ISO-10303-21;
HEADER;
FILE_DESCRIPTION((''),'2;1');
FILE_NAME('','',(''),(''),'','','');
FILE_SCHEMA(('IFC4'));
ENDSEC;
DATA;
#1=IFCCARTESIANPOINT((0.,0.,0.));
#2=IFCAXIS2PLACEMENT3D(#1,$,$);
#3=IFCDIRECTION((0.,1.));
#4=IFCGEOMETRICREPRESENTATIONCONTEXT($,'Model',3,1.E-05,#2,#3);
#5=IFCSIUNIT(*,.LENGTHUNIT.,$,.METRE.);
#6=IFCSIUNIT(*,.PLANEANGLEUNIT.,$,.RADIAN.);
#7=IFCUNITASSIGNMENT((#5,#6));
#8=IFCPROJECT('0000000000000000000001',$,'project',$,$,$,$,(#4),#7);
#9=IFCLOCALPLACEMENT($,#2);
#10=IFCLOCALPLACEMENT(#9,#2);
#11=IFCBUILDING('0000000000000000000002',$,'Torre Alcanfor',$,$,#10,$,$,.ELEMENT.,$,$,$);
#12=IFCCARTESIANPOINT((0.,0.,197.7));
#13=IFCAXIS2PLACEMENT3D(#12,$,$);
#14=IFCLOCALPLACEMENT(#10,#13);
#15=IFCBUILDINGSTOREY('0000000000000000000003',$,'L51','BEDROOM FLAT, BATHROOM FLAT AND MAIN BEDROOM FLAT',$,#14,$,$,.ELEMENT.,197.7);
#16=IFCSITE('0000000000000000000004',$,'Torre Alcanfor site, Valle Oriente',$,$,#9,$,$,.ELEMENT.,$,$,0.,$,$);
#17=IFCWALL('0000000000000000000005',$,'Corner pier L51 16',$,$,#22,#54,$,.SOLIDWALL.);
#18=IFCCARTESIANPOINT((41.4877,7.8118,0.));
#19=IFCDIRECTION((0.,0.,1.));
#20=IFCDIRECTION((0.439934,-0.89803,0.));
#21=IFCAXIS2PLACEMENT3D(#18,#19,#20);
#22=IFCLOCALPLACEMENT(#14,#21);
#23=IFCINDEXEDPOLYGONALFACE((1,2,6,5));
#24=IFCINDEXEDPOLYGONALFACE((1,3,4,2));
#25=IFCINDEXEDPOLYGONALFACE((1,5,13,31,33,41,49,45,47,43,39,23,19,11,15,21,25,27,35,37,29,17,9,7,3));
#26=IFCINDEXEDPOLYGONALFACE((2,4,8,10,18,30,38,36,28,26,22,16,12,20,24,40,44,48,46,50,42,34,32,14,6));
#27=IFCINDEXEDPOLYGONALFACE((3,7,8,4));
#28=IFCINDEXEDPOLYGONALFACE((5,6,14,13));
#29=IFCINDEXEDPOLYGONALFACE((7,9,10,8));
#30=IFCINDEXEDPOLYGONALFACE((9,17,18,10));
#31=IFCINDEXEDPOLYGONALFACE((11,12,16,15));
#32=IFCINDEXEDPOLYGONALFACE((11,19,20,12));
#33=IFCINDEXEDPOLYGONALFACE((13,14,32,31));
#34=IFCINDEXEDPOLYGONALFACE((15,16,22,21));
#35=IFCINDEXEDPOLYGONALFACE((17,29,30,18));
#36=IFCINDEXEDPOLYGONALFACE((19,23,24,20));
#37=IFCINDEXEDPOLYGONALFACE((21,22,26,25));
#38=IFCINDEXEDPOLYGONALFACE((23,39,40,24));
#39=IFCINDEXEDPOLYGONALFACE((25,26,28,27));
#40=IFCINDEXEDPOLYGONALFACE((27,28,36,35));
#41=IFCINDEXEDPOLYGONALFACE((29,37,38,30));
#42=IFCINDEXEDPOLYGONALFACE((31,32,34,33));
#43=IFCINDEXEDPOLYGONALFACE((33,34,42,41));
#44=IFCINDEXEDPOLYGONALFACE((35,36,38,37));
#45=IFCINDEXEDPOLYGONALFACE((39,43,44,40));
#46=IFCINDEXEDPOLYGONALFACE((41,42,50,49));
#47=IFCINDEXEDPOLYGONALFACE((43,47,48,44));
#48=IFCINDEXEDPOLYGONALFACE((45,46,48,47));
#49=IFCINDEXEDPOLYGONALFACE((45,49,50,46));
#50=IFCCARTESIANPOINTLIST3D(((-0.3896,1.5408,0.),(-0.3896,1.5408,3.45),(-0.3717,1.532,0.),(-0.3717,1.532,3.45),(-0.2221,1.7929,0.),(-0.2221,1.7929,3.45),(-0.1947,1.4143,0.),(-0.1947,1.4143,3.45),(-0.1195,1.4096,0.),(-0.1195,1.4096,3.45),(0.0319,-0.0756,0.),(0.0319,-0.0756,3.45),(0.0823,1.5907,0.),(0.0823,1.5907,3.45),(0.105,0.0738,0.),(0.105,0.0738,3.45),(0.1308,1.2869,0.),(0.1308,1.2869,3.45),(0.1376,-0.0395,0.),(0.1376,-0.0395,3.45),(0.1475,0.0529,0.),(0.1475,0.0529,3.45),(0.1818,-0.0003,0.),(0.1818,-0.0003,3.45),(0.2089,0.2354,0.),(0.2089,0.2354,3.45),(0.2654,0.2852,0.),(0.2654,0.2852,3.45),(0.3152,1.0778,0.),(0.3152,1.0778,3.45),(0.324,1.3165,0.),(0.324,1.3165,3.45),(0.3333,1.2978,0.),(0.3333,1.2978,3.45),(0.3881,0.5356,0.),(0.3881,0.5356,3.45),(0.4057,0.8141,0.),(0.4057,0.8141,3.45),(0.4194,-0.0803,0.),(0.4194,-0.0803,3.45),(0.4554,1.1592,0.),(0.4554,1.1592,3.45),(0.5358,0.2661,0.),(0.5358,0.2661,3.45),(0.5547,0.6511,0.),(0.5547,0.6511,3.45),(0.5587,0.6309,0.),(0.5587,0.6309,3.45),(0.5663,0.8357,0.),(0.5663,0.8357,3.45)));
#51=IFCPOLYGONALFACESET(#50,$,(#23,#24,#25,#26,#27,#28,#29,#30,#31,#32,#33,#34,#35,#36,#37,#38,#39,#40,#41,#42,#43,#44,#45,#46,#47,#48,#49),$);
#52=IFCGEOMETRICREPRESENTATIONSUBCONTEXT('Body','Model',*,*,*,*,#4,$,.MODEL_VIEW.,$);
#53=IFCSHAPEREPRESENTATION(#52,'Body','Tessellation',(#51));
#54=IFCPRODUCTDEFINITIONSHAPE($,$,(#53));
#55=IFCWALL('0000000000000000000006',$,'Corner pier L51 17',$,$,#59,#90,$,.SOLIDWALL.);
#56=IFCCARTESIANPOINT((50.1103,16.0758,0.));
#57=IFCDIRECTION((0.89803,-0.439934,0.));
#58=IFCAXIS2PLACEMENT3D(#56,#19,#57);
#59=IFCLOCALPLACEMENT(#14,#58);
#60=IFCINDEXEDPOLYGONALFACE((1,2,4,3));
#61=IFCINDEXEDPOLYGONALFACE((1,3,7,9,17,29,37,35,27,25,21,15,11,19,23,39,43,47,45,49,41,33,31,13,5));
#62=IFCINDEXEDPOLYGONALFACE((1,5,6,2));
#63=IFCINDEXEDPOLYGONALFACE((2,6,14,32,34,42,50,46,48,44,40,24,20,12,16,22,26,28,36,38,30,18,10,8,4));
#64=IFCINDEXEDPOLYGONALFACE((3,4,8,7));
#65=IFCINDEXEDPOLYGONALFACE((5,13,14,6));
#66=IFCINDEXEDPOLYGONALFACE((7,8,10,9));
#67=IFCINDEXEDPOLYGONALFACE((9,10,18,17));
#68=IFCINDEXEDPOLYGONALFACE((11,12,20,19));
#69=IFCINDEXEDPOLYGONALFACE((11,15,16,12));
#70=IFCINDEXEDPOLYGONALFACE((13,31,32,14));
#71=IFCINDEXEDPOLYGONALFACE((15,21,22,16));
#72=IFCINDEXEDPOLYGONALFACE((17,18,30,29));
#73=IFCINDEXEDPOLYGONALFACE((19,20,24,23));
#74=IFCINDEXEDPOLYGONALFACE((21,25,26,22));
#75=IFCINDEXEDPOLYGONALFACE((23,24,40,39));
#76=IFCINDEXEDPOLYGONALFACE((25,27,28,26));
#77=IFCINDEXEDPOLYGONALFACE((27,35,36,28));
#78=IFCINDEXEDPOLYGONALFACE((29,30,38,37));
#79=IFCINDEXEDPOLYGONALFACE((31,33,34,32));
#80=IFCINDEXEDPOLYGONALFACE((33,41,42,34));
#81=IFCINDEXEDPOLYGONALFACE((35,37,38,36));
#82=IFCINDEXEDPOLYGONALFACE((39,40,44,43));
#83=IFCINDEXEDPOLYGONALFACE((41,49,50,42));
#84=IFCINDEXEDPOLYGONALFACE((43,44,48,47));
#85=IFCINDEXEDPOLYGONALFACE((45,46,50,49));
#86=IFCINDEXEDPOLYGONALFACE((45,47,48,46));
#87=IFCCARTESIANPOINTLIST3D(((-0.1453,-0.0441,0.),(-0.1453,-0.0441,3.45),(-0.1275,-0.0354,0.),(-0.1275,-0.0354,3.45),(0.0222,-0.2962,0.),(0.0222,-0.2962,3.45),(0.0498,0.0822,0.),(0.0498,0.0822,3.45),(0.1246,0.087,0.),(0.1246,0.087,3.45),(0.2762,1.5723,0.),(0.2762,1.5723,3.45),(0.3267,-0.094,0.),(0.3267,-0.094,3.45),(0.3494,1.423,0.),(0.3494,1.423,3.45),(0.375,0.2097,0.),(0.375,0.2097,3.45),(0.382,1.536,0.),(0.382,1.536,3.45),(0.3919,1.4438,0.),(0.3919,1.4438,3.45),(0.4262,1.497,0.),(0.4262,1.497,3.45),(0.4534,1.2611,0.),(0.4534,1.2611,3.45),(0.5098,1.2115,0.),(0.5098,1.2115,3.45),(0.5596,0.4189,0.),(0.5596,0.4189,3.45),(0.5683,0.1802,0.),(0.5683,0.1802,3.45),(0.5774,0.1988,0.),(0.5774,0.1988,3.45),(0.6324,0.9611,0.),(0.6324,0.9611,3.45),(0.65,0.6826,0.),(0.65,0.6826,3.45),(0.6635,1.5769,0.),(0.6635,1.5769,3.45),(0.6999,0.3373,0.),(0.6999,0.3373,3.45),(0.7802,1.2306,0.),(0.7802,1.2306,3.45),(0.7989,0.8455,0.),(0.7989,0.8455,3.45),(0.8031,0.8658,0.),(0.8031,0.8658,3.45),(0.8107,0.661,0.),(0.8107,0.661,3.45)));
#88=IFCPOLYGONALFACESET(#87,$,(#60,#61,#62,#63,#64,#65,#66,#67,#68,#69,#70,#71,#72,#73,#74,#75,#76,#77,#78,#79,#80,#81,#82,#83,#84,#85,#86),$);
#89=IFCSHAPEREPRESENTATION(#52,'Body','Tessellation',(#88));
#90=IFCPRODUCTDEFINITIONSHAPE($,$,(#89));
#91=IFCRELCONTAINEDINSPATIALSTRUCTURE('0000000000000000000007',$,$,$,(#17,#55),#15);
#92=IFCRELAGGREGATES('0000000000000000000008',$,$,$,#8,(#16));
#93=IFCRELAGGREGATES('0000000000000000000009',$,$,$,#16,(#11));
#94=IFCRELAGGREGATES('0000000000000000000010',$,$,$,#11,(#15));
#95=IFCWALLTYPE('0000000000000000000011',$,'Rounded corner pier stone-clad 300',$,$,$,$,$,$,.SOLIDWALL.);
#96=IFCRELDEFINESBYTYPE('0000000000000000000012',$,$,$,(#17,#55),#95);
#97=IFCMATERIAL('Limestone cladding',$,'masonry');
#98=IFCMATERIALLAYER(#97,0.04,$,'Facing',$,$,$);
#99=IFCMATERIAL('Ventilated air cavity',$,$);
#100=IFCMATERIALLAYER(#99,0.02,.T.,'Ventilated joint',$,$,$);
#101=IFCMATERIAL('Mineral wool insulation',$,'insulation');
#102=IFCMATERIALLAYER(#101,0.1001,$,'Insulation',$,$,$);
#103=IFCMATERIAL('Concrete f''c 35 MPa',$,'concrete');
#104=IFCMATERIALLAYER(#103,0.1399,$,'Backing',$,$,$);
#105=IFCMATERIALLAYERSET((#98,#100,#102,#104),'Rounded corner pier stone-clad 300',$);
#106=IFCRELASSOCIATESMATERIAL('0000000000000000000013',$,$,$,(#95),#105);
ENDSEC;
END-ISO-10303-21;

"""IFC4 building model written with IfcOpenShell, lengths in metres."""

from ifc_helpers import new_model, si_unit, direction, frame, origin, place, context, subcontext, project, spatial, polyline, outline, extrude, material, layer, layer_set, type_object, element, save


model = new_model("IFC4")

# Units and contexts
model_context = context("Model", 3, precision=1e-05, world=origin(), true_north=direction((0.0, 1.0)))
body_context = subcontext(model_context, "Body", "Model", "MODEL_VIEW")
ifc_project = project(units=[si_unit("LENGTHUNIT", "METRE"), si_unit("PLANEANGLEUNIT", "RADIAN")], contexts=[model_context])

# Site, building, storey
site_placement = place(None, origin())
site = spatial("IfcSite", under=ifc_project, at=site_placement, Name="Torre Alcanfor site, Valle Oriente", CompositionType="ELEMENT", RefElevation=0.0)
building_placement = place(site_placement, origin())
building = spatial("IfcBuilding", under=site, at=building_placement, Name="Torre Alcanfor", CompositionType="ELEMENT")
storey_placement = place(building_placement, frame((0.0, 0.0, 197.7)))
storey = spatial("IfcBuildingStorey", under=building, at=storey_placement, Name="L51", Description="BEDROOM FLAT, BATHROOM FLAT AND MAIN BEDROOM FLAT", CompositionType="ELEMENT", Elevation=197.7)

# Shared definitions
ifc_material_1 = material(Name="Limestone cladding", Category="masonry")
ifc_material_2 = material(Name="Ventilated air cavity")
ifc_material_3 = material(Name="Mineral wool insulation", Category="insulation")
ifc_material_4 = material(Name="Concrete f'c 35 MPa", Category="concrete")

# Walls
ifc_layer_1 = layer(ifc_material_1, 0.04, Name="Facing")
ifc_layer_2 = layer(ifc_material_2, 0.02, ventilated=True, Name="Ventilated joint")
ifc_layer_3 = layer(ifc_material_3, 0.1001, Name="Insulation")
ifc_layer_4 = layer(ifc_material_4, 0.1399, Name="Backing")
ifc_layer_set_1 = layer_set([ifc_layer_1, ifc_layer_2, ifc_layer_3, ifc_layer_4], Name="Rounded corner pier stone-clad 300")
wall_type_1 = type_object("IfcWallType", Name="Rounded corner pier stone-clad 300", PredefinedType="SOLIDWALL", material=ifc_layer_set_1)
wall_1_placement = place(storey_placement, frame((41.4877, 7.8118, 0.0), z_axis=(0.0, 0.0, 1.0), x_axis=(0.439934, -0.89803, 0.0)))
element("IfcWall", 1, at=wall_1_placement, inside=storey, type_object=wall_type_1, Name="Corner pier L51 16", PredefinedType="SOLIDWALL", context=body_context, shape_type="SweptSolid", body=[
    extrude(outline(polyline([(-0.2221, 1.7929), (-0.3896, 1.5408), (-0.3717, 1.532), (-0.1947, 1.4143), (-0.1195, 1.4096), (0.1308, 1.2869), (0.3152, 1.0778), (0.4057, 0.8141), (0.3881, 0.5356), (0.2654, 0.2852), (0.2089, 0.2354), (0.1475, 0.0529), (0.105, 0.0738), (0.0319, -0.0756), (0.1376, -0.0395), (0.1818, -0.0003), (0.4194, -0.0803), (0.5358, 0.2661), (0.5587, 0.6309), (0.5547, 0.6511), (0.5663, 0.8357), (0.4554, 1.1592), (0.3333, 1.2978), (0.324, 1.3165), (0.0823, 1.5907), (-0.2221, 1.7929)])), origin(), (0.0, 0.0, 1.0), 3.45),
])
wall_2_placement = place(storey_placement, frame((50.1103, 16.0758, 0.0), z_axis=(0.0, 0.0, 1.0), x_axis=(0.89803, -0.439934, 0.0)))
element("IfcWall", 2, at=wall_2_placement, inside=storey, type_object=wall_type_1, Name="Corner pier L51 17", PredefinedType="SOLIDWALL", context=body_context, shape_type="SweptSolid", body=[
    extrude(outline(polyline([(0.6635, 1.5769), (0.4262, 1.497), (0.382, 1.536), (0.2762, 1.5723), (0.3494, 1.423), (0.3919, 1.4438), (0.4534, 1.2611), (0.5098, 1.2115), (0.6324, 0.9611), (0.65, 0.6826), (0.5596, 0.4189), (0.375, 0.2097), (0.1246, 0.087), (0.0498, 0.0822), (-0.1275, -0.0354), (-0.1453, -0.0441), (0.0222, -0.2962), (0.3267, -0.094), (0.5683, 0.1802), (0.5774, 0.1988), (0.6999, 0.3373), (0.8107, 0.661), (0.7989, 0.8455), (0.8031, 0.8658), (0.7802, 1.2306), (0.6635, 1.5769)])), origin(), (0.0, 0.0, 1.0), 3.45),
])

save(model, "model.ifc")
